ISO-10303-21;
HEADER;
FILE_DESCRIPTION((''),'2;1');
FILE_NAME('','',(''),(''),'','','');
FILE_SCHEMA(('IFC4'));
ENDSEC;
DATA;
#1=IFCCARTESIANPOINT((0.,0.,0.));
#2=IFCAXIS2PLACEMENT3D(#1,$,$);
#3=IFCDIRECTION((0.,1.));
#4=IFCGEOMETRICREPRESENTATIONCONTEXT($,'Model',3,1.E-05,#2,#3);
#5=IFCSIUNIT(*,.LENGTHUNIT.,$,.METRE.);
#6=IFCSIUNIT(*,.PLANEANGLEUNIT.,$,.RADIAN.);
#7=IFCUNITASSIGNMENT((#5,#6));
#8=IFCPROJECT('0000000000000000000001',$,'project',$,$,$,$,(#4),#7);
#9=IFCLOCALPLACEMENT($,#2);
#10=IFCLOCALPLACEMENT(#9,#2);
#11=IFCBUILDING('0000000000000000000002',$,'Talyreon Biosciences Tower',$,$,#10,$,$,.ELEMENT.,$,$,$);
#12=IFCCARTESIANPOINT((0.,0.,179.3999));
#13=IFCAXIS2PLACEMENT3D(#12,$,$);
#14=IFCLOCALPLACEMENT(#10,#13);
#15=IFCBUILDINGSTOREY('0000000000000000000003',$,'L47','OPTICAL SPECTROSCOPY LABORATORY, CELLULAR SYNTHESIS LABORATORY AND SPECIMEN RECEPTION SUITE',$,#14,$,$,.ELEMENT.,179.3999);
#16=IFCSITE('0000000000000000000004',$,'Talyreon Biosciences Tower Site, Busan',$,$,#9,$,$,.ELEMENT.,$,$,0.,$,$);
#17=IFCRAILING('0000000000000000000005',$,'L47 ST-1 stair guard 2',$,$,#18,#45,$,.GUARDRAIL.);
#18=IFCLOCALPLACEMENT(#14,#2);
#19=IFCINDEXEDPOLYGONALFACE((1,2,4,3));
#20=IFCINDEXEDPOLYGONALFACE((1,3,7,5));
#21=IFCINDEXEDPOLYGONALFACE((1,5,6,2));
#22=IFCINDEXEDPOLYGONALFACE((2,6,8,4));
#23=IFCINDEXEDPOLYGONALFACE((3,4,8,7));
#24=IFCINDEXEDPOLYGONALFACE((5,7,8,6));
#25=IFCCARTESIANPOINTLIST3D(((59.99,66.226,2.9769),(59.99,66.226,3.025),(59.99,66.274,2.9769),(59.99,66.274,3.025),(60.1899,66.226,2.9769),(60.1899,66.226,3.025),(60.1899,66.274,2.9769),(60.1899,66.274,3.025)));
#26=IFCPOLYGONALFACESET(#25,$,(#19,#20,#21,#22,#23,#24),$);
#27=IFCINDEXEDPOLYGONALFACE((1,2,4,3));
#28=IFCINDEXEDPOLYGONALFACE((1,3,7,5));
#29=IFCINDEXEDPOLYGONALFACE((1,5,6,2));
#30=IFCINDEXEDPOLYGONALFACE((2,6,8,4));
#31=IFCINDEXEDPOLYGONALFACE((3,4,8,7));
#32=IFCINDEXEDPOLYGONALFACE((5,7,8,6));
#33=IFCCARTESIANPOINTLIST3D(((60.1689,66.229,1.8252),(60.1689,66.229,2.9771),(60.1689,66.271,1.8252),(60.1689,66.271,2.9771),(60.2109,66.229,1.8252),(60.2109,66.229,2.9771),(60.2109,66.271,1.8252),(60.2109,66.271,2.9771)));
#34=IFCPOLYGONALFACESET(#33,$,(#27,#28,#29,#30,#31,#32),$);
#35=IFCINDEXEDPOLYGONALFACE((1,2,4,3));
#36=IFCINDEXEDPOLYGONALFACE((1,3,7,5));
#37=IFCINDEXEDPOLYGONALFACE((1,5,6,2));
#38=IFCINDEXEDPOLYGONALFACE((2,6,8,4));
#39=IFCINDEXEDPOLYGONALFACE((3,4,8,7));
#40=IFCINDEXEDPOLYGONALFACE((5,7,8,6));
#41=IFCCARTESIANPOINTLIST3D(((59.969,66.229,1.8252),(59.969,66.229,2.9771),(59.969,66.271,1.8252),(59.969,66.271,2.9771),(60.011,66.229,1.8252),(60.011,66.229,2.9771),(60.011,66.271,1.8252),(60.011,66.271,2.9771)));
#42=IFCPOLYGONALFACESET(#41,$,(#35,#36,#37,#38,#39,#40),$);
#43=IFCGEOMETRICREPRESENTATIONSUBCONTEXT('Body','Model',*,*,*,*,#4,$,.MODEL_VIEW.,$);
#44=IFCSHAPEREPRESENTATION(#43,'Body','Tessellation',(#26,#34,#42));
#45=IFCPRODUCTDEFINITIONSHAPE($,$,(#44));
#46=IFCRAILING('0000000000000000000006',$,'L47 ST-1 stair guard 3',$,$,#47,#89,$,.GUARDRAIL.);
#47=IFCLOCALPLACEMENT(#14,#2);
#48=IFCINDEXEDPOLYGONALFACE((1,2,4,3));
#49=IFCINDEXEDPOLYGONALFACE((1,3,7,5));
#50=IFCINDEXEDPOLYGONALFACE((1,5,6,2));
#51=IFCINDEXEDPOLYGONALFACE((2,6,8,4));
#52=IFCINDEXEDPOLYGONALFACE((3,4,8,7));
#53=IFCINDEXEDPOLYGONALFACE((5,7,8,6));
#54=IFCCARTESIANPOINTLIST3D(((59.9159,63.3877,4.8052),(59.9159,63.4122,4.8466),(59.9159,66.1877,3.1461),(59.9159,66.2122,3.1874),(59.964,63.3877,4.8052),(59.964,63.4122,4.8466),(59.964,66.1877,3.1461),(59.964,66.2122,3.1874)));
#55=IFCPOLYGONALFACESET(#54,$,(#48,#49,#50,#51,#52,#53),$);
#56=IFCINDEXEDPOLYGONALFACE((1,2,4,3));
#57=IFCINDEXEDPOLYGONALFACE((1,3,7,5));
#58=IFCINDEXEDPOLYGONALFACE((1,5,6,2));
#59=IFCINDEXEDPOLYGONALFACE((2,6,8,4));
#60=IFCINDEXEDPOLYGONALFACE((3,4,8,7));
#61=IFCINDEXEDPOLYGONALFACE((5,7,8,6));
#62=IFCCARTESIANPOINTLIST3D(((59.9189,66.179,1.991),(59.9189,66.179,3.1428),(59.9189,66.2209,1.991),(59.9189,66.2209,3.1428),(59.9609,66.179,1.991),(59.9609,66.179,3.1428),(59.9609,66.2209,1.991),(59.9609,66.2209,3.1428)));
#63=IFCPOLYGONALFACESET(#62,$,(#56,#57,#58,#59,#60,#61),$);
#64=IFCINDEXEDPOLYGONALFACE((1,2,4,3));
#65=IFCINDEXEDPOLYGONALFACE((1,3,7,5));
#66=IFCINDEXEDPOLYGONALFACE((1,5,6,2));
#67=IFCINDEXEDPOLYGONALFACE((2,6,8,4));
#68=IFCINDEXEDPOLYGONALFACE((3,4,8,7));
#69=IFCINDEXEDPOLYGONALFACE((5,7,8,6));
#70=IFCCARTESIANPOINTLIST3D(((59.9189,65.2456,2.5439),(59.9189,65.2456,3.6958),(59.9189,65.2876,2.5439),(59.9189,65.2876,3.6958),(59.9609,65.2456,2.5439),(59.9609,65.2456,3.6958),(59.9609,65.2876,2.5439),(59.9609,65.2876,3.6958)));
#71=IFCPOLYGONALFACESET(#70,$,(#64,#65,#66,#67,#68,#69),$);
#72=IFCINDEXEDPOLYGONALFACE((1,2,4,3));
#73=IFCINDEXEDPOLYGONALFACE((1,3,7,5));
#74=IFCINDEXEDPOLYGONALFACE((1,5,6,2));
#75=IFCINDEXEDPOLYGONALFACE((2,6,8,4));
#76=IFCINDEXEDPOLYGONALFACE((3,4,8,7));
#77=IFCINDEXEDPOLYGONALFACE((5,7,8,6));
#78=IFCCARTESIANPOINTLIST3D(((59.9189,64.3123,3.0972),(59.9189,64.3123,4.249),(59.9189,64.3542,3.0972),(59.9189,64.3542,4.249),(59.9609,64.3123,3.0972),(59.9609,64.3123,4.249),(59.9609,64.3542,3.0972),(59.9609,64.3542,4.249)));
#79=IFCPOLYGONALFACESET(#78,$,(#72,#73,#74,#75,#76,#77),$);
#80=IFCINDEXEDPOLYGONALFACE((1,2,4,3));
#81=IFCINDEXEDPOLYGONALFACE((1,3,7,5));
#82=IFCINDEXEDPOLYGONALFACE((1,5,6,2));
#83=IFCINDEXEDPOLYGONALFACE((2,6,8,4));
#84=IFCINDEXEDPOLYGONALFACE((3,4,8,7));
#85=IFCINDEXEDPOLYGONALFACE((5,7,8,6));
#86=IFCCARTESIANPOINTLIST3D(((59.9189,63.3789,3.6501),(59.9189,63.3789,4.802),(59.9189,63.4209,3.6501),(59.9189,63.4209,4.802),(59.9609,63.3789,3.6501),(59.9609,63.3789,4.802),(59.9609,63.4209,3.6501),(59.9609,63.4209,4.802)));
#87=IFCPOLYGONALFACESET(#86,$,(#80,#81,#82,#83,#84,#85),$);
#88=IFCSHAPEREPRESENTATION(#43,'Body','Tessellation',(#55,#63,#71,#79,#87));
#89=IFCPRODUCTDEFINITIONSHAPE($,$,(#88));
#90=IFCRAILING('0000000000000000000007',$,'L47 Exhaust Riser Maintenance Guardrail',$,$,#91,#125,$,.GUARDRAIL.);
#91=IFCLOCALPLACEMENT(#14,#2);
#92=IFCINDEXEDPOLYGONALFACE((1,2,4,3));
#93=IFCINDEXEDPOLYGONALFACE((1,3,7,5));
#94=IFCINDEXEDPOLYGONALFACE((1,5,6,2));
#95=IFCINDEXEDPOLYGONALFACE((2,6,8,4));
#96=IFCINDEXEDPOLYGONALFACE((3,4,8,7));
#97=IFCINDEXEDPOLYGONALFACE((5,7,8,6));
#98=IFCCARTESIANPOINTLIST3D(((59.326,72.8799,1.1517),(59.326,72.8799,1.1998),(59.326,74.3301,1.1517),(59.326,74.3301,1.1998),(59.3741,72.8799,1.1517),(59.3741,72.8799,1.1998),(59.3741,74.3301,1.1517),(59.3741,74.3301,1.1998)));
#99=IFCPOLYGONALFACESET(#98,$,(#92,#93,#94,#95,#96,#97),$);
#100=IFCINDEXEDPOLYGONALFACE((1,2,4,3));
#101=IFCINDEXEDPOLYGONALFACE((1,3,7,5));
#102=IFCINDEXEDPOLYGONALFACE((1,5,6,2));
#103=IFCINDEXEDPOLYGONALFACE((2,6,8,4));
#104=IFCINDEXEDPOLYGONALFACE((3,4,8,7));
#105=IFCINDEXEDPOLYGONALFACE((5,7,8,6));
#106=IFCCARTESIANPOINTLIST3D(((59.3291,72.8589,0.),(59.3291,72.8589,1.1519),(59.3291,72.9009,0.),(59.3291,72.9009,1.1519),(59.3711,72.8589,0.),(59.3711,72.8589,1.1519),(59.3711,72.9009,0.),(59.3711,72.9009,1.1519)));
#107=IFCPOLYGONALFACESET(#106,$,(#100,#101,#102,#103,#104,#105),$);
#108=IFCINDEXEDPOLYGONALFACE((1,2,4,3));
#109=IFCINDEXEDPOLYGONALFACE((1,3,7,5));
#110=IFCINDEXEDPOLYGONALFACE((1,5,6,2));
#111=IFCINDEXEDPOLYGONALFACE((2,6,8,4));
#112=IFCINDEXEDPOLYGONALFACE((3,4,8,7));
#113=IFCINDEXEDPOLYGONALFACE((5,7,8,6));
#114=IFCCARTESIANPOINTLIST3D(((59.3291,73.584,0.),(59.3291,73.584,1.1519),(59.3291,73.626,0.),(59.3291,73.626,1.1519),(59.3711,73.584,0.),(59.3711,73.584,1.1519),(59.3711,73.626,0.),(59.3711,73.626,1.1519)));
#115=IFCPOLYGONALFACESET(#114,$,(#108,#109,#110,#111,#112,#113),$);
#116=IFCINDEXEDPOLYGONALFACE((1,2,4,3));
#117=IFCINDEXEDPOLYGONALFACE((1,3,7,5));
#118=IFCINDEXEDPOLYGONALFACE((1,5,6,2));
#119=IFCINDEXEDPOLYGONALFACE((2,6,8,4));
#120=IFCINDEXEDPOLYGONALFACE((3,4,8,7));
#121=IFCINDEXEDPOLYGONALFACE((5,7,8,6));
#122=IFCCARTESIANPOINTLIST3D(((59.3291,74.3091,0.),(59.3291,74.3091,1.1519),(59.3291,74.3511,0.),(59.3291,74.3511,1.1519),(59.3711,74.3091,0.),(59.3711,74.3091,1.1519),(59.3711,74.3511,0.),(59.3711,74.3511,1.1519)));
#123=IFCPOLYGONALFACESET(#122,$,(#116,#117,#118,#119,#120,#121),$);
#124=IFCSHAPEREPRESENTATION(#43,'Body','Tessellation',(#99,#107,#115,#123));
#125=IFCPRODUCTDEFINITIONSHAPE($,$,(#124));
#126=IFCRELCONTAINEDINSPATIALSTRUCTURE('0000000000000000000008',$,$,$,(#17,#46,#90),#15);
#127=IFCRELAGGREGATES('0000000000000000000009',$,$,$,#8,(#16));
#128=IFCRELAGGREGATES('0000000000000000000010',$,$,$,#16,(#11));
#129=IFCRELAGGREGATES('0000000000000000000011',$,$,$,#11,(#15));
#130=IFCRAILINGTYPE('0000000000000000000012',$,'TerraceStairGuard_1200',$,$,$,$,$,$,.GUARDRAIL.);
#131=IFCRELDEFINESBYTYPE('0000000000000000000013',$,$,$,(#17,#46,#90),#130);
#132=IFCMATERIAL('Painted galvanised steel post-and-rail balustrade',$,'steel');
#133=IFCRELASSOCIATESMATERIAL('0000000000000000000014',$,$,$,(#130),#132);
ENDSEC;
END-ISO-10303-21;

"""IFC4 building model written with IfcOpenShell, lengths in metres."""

from ifc_helpers import new_model, si_unit, direction, frame, origin, origin_2d, place, context, subcontext, project, spatial, rectangle, extrude, material, type_object, element, save


model = new_model("IFC4")

# Units and contexts
model_context = context("Model", 3, precision=1e-05, world=origin(), true_north=direction((0.0, 1.0)))
body_context = subcontext(model_context, "Body", "Model", "MODEL_VIEW")
ifc_project = project(units=[si_unit("LENGTHUNIT", "METRE"), si_unit("PLANEANGLEUNIT", "RADIAN")], contexts=[model_context])

# Site, building, storey
site_placement = place(None, origin())
site = spatial("IfcSite", under=ifc_project, at=site_placement, Name="Talyreon Biosciences Tower Site, Busan", CompositionType="ELEMENT", RefElevation=0.0)
building_placement = place(site_placement, origin())
building = spatial("IfcBuilding", under=site, at=building_placement, Name="Talyreon Biosciences Tower", CompositionType="ELEMENT")
storey_placement = place(building_placement, frame((0.0, 0.0, 179.3999)))
storey = spatial("IfcBuildingStorey", under=building, at=storey_placement, Name="L47", Description="OPTICAL SPECTROSCOPY LABORATORY, CELLULAR SYNTHESIS LABORATORY AND SPECIMEN RECEPTION SUITE", CompositionType="ELEMENT", Elevation=179.3999)

# Railings
ifc_material_1 = material(Name="Painted galvanised steel post-and-rail balustrade", Category="steel")
railing_type_1 = type_object("IfcRailingType", Name="TerraceStairGuard_1200", PredefinedType="GUARDRAIL", material=ifc_material_1)
railing_1_placement = place(storey_placement, frame((60.1899, 66.25, 1.8252)))
element("IfcRailing", 1, at=railing_1_placement, inside=storey, type_object=railing_type_1, Name="L47 ST-1 stair guard 2", PredefinedType="GUARDRAIL", context=body_context, shape_type="SweptSolid", body=[
    extrude(rectangle(XDim=0.0481, YDim=0.0481, at=origin_2d()), frame((0.0, 0.0, 1.1758), z_axis=(-1.0, 0.0, 0.0), x_axis=(0.0, -1.0, 0.0)), (0.0, 0.0, 1.0), 0.2),
    extrude(rectangle(XDim=0.042, YDim=0.042, at=origin_2d()), origin(), (0.0, 0.0, 1.0), 1.1519),
    extrude(rectangle(XDim=0.042, YDim=0.042, at=origin_2d()), frame((-0.2, 0.0, 0.0)), (0.0, 0.0, 1.0), 1.1519),
])
railing_2_placement = place(storey_placement, frame((59.9399, 66.2, 1.991)))
element("IfcRailing", 2, at=railing_2_placement, inside=storey, type_object=railing_type_1, Name="L47 ST-1 stair guard 3", PredefinedType="GUARDRAIL", context=body_context, shape_type="SweptSolid", body=[
    extrude(rectangle(XDim=0.0481, YDim=0.0481, at=origin_2d()), frame((0.0, 0.0, 1.1758), z_axis=(0.0, -0.860306, 0.509778), x_axis=(1.0, 0.0, 0.0)), (0.0, 0.0, 1.0), 3.2546),
    extrude(rectangle(XDim=0.042, YDim=0.042, at=origin_2d()), origin(), (0.0, 0.0, 1.0), 1.1519),
    extrude(rectangle(XDim=0.042, YDim=0.042, at=origin_2d()), frame((0.0, -0.9333, 0.553)), (0.0, 0.0, 1.0), 1.1519),
    extrude(rectangle(XDim=0.042, YDim=0.042, at=origin_2d()), frame((0.0, -1.8667, 1.1062)), (0.0, 0.0, 1.0), 1.1519),
    extrude(rectangle(XDim=0.042, YDim=0.042, at=origin_2d()), frame((0.0, -2.8, 1.6592)), (0.0, 0.0, 1.0), 1.1519),
])
railing_3_placement = place(storey_placement, frame((59.3501, 72.8799, 0.0)))
element("IfcRailing", 3, at=railing_3_placement, inside=storey, type_object=railing_type_1, Name="L47 Exhaust Riser Maintenance Guardrail", PredefinedType="GUARDRAIL", context=body_context, shape_type="SweptSolid", body=[
    extrude(rectangle(XDim=0.0481, YDim=0.0481, at=origin_2d()), frame((0.0, 0.0, 1.1758), z_axis=(0.0, 1.0, 0.0), x_axis=(-1.0, 0.0, 0.0)), (0.0, 0.0, 1.0), 1.4502),
    extrude(rectangle(XDim=0.042, YDim=0.042, at=origin_2d()), origin(), (0.0, 0.0, 1.0), 1.1519),
    extrude(rectangle(XDim=0.042, YDim=0.042, at=origin_2d()), frame((0.0, 0.7251, 0.0)), (0.0, 0.0, 1.0), 1.1519),
    extrude(rectangle(XDim=0.042, YDim=0.042, at=origin_2d()), frame((0.0, 1.4502, 0.0)), (0.0, 0.0, 1.0), 1.1519),
])

save(model, "model.ifc")
